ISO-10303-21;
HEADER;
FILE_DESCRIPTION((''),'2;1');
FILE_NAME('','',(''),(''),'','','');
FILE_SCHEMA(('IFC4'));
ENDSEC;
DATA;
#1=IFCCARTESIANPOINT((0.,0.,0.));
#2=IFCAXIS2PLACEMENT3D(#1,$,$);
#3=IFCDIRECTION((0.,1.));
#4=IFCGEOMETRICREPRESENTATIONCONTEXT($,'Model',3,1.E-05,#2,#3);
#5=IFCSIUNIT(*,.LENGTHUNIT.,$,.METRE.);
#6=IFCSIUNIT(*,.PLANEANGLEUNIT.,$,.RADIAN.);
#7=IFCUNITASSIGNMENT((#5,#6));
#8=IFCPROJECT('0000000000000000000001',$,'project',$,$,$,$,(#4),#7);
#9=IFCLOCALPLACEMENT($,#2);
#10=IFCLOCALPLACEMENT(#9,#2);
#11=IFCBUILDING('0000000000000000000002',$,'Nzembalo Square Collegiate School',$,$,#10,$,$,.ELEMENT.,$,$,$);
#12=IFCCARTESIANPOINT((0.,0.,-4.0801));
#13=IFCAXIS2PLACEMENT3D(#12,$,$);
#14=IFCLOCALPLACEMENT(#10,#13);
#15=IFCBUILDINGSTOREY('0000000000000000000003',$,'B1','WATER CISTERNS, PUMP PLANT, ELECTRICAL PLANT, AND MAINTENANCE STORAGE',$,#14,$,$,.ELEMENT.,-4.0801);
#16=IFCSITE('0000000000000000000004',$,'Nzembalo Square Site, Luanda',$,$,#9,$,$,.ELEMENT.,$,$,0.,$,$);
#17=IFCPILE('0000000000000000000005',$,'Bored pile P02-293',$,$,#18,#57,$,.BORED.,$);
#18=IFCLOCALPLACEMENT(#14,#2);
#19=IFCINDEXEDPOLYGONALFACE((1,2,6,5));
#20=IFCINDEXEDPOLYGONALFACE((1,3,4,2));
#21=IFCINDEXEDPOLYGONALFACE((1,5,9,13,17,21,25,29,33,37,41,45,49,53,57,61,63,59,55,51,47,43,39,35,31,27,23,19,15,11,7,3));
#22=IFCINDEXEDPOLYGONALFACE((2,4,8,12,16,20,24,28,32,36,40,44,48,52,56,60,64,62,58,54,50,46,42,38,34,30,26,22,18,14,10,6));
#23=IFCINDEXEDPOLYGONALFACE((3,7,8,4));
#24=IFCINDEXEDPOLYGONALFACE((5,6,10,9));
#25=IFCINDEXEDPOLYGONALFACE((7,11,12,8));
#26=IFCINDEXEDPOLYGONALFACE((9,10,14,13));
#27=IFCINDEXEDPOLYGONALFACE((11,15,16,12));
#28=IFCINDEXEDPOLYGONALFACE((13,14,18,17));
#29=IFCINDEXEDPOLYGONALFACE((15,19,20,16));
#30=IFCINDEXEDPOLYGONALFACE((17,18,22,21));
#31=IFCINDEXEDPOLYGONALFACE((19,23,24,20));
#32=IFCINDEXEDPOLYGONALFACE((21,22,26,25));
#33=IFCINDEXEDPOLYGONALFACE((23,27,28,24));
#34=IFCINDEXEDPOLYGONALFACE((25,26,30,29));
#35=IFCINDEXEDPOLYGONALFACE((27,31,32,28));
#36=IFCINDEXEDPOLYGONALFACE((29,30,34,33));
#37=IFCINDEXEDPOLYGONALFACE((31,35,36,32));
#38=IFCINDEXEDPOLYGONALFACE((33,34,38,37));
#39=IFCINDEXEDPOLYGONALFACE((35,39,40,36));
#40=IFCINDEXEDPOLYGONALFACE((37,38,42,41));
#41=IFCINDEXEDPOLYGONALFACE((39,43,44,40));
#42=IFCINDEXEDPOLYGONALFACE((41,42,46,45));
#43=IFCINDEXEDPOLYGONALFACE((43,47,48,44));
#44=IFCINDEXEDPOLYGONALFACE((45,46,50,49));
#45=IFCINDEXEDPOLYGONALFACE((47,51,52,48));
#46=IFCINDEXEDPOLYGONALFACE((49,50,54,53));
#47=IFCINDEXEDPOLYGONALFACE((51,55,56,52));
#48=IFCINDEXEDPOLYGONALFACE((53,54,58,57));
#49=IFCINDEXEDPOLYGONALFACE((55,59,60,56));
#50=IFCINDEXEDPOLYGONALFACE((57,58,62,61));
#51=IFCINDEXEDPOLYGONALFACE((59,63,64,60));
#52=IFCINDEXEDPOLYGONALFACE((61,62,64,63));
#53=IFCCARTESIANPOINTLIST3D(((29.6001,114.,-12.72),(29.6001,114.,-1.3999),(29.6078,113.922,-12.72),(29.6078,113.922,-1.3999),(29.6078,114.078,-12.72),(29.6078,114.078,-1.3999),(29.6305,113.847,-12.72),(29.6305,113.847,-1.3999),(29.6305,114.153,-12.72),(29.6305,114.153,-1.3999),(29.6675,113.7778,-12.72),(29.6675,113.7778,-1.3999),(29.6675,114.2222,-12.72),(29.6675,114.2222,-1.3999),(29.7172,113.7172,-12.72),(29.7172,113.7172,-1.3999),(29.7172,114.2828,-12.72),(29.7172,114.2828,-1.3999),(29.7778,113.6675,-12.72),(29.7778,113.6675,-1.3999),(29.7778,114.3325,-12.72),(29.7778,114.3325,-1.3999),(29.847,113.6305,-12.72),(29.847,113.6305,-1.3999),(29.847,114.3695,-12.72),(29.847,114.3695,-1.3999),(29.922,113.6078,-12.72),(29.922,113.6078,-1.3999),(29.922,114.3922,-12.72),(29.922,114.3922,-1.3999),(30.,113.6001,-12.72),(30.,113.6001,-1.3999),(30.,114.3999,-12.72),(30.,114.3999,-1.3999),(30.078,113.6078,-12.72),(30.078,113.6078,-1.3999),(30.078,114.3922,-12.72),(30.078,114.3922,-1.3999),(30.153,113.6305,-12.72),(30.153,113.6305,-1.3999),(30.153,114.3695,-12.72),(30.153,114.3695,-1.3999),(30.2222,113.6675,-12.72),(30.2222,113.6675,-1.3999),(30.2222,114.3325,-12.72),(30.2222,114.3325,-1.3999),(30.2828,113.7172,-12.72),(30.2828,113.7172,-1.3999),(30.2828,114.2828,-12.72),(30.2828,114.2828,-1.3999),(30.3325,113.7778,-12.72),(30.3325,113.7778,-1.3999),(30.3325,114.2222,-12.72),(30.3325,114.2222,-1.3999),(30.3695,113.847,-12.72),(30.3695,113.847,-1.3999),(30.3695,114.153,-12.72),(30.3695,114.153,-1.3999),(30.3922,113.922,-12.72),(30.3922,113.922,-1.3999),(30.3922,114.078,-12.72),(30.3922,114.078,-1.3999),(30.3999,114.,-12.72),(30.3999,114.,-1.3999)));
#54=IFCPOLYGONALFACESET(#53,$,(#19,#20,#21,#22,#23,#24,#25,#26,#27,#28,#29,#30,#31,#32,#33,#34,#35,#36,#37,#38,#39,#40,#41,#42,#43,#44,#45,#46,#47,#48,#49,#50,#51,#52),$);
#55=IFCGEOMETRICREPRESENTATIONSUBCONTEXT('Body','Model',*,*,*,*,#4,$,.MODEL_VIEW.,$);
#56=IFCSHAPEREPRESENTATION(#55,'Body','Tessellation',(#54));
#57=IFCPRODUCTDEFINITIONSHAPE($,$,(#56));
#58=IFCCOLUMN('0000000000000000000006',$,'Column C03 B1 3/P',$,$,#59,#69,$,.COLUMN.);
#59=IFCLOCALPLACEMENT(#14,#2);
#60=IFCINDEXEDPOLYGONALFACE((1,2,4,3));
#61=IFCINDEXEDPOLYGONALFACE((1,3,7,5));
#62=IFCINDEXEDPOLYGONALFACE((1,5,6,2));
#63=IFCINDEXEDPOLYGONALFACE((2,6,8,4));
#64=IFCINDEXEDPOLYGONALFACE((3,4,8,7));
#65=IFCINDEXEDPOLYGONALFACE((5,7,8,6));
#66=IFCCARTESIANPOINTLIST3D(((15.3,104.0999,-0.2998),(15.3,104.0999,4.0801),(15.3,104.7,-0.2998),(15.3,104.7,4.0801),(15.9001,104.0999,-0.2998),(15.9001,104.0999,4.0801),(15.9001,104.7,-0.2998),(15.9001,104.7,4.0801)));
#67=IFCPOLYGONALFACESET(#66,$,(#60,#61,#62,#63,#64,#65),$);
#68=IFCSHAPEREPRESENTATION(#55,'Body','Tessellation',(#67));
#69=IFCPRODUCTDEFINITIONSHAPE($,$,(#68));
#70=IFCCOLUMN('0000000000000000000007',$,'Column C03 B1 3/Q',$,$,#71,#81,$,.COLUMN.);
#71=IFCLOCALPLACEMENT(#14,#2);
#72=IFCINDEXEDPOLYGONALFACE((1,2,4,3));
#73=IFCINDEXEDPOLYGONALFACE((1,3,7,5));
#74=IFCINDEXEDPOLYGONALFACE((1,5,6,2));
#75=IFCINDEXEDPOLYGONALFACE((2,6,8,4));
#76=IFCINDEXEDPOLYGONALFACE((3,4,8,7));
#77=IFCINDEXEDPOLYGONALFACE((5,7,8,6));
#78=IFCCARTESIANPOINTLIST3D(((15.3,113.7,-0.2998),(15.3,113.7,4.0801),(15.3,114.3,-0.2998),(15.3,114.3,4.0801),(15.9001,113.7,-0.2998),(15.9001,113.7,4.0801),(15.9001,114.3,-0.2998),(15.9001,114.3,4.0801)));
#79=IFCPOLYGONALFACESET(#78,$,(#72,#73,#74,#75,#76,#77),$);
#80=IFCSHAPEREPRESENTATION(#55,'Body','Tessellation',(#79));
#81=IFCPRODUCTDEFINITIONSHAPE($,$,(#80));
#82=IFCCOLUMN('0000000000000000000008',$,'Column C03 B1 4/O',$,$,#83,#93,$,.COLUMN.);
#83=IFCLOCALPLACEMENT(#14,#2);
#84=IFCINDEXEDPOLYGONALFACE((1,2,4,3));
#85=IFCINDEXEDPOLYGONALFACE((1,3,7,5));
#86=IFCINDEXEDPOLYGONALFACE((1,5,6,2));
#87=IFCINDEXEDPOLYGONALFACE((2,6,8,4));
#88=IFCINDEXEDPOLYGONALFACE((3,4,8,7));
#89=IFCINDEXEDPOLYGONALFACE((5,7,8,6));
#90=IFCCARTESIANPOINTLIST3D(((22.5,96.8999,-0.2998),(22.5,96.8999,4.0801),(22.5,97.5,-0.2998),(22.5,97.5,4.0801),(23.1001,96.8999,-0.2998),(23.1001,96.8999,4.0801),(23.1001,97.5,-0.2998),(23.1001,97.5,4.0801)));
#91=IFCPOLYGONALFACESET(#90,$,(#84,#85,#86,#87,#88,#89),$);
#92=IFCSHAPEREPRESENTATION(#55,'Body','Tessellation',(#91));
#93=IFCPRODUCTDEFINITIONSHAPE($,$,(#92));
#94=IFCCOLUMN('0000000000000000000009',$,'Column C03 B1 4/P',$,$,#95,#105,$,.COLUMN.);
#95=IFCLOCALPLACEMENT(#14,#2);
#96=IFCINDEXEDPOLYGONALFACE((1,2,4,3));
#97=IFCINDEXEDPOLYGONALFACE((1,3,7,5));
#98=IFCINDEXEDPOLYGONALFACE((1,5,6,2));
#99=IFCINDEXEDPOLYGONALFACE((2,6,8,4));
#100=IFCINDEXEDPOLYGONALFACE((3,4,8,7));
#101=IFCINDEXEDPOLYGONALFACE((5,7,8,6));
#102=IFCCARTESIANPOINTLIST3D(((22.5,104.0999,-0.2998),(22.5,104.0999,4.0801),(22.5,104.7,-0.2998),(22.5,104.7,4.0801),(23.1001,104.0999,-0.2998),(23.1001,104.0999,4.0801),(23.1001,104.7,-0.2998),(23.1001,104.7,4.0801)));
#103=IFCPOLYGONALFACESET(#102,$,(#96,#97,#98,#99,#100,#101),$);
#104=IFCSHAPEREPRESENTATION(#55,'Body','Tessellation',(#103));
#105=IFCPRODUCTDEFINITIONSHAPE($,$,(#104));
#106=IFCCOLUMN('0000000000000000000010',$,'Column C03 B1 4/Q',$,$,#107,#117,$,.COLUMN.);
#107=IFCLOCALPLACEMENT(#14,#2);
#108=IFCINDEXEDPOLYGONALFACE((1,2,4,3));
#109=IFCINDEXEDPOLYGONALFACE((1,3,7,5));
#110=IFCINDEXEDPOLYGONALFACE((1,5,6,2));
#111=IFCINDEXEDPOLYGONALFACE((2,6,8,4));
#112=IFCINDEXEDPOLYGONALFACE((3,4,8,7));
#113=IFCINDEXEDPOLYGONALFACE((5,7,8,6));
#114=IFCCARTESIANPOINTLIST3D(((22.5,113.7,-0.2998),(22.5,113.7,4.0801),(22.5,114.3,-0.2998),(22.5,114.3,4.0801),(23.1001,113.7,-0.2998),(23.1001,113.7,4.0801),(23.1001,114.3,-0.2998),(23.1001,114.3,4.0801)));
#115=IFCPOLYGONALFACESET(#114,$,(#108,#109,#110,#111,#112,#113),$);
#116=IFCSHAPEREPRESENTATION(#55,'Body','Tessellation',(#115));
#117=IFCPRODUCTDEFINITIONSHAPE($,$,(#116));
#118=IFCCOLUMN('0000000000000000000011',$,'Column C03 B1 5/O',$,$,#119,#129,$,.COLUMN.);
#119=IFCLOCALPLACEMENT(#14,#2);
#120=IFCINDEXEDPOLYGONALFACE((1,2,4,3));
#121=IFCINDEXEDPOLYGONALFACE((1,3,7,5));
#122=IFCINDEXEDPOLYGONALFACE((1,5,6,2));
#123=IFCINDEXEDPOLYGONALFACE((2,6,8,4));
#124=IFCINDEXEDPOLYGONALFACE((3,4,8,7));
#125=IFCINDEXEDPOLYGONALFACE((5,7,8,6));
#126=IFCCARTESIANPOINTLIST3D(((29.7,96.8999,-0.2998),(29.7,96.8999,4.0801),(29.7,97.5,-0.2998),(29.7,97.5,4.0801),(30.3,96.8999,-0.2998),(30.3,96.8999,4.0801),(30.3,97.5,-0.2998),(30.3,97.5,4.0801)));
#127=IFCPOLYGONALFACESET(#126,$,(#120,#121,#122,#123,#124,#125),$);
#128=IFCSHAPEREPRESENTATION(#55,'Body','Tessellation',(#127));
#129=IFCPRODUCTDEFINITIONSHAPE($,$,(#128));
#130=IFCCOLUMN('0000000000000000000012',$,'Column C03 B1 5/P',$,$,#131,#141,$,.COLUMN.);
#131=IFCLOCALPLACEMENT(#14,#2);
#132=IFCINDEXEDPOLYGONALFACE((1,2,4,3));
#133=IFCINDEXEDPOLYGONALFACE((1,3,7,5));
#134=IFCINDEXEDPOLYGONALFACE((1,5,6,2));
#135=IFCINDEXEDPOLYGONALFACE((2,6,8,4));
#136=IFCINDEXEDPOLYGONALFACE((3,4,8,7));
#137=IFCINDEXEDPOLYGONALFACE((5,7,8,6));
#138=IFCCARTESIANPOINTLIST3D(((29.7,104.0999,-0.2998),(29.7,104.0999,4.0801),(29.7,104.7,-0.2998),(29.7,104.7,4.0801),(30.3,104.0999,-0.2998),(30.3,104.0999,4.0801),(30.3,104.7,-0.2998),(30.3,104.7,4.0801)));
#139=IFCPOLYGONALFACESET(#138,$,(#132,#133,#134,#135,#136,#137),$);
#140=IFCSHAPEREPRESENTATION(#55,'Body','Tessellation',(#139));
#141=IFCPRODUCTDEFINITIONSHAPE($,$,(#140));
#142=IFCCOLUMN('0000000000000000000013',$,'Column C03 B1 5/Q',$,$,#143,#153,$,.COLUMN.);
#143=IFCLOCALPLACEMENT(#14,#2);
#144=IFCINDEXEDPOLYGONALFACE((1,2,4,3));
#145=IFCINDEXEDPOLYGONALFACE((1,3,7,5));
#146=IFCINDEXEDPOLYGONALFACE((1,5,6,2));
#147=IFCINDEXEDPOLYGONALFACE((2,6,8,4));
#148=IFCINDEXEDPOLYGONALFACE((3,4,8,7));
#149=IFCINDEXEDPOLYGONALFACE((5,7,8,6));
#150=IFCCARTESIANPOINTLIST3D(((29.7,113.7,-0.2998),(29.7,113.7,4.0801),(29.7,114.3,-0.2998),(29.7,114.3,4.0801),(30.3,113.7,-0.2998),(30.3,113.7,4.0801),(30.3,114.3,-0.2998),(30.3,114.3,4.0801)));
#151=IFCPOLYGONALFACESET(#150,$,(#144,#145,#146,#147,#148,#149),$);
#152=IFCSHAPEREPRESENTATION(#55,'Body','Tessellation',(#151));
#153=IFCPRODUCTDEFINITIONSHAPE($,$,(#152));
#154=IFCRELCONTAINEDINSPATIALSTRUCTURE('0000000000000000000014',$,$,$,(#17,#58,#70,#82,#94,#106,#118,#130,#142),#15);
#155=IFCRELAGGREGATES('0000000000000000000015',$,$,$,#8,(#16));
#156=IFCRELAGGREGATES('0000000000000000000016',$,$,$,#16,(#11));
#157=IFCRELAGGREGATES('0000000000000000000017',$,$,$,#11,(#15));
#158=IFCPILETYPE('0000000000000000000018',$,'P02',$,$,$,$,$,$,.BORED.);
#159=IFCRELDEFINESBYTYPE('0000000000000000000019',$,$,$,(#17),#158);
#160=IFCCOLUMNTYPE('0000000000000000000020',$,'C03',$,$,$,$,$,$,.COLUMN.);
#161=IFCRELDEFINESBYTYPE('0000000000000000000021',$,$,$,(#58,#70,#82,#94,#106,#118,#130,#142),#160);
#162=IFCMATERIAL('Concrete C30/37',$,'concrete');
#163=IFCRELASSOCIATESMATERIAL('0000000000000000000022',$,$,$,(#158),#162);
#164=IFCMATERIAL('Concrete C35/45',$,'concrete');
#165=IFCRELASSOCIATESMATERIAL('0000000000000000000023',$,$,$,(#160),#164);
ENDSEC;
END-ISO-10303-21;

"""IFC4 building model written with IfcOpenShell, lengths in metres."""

from ifc_helpers import new_model, si_unit, direction, frame, origin, origin_2d, place, context, subcontext, project, spatial, rectangle, circle, extrude, material, material_profile, profile_set, type_object, element, save


model = new_model("IFC4")

# Units and contexts
model_context = context("Model", 3, precision=1e-05, world=origin(), true_north=direction((0.0, 1.0)))
body_context = subcontext(model_context, "Body", "Model", "MODEL_VIEW")
ifc_project = project(units=[si_unit("LENGTHUNIT", "METRE"), si_unit("PLANEANGLEUNIT", "RADIAN")], contexts=[model_context])

# Site, building, storey
site_placement = place(None, origin())
site = spatial("IfcSite", under=ifc_project, at=site_placement, Name="Nzembalo Square Site, Luanda", CompositionType="ELEMENT", RefElevation=0.0)
building_placement = place(site_placement, origin())
building = spatial("IfcBuilding", under=site, at=building_placement, Name="Nzembalo Square Collegiate School", CompositionType="ELEMENT")
storey_placement = place(building_placement, frame((0.0, 0.0, -4.0801)))
storey = spatial("IfcBuildingStorey", under=building, at=storey_placement, Name="B1", Description="WATER CISTERNS, PUMP PLANT, ELECTRICAL PLANT, AND MAINTENANCE STORAGE", CompositionType="ELEMENT", Elevation=-4.0801)

# Pile
ifc_material_1 = material(Name="Concrete C30/37", Category="concrete")
ifc_material_profile_1 = material_profile(ifc_material_1, circle(Radius=0.3999, at=origin_2d()), Name="PILE D800")
ifc_profile_set_1 = profile_set([ifc_material_profile_1], Name="Concrete C30/37")
pile_type = type_object("IfcPileType", Name="P02", PredefinedType="BORED", material=ifc_profile_set_1)
pile_1_placement = place(storey_placement, frame((30.0, 114.0, -1.3999), z_axis=(0.0, 0.0, -1.0), x_axis=(1.0, 0.0, 0.0)))
element("IfcPile", 1, at=pile_1_placement, inside=storey, type_object=pile_type, Name="Bored pile P02-293", PredefinedType="BORED", context=body_context, shape_type="SweptSolid", body=[
    extrude(circle(Radius=0.3999, at=origin_2d()), origin(), (0.0, 0.0, 1.0), 11.3201),
])

# Columns
ifc_material_2 = material(Name="Concrete C35/45", Category="concrete")
ifc_material_profile_2 = material_profile(ifc_material_2, rectangle(XDim=0.6001, YDim=0.6001, at=origin_2d()), Name="RC 600x600")
ifc_profile_set_2 = profile_set([ifc_material_profile_2], Name="Concrete C35/45")
column_type = type_object("IfcColumnType", Name="C03", PredefinedType="COLUMN", material=ifc_profile_set_2)
for number, where, z_axis, x_axis, name in (
    (2, (15.6001, 104.3999, -0.2998), (0.0, 0.0, 1.0), (1.0, 0.0, 0.0), "Column C03 B1 3/P"),
    (3, (15.6001, 114.0, -0.2998), (0.0, 0.0, 1.0), (1.0, 0.0, 0.0), "Column C03 B1 3/Q"),
    (4, (22.8, 97.2, -0.2998), (0.0, 0.0, 1.0), (1.0, 0.0, 0.0), "Column C03 B1 4/O"),
    (5, (22.8, 104.3999, -0.2998), (0.0, 0.0, 1.0), (1.0, 0.0, 0.0), "Column C03 B1 4/P"),
    (6, (22.8, 114.0, -0.2998), (0.0, 0.0, 1.0), (1.0, 0.0, 0.0), "Column C03 B1 4/Q"),
    (7, (30.0, 97.2, -0.2998), (0.0, 0.0, 1.0), (1.0, 0.0, 0.0), "Column C03 B1 5/O"),
    (8, (30.0, 104.3999, -0.2998), (0.0, 0.0, 1.0), (1.0, 0.0, 0.0), "Column C03 B1 5/P"),
    (9, (30.0, 114.0, -0.2998), (0.0, 0.0, 1.0), (1.0, 0.0, 0.0), "Column C03 B1 5/Q"),
):
    element("IfcColumn", number, at=place(storey_placement, frame(where, z_axis=z_axis, x_axis=x_axis)), inside=storey, type_object=column_type, Name=name, PredefinedType="COLUMN", context=body_context, shape_type="SweptSolid", body=[
        extrude(rectangle(XDim=0.6001, YDim=0.6001, at=origin_2d()), origin(), (0.0, 0.0, 1.0), 4.3799),
    ])

save(model, "model.ifc")
